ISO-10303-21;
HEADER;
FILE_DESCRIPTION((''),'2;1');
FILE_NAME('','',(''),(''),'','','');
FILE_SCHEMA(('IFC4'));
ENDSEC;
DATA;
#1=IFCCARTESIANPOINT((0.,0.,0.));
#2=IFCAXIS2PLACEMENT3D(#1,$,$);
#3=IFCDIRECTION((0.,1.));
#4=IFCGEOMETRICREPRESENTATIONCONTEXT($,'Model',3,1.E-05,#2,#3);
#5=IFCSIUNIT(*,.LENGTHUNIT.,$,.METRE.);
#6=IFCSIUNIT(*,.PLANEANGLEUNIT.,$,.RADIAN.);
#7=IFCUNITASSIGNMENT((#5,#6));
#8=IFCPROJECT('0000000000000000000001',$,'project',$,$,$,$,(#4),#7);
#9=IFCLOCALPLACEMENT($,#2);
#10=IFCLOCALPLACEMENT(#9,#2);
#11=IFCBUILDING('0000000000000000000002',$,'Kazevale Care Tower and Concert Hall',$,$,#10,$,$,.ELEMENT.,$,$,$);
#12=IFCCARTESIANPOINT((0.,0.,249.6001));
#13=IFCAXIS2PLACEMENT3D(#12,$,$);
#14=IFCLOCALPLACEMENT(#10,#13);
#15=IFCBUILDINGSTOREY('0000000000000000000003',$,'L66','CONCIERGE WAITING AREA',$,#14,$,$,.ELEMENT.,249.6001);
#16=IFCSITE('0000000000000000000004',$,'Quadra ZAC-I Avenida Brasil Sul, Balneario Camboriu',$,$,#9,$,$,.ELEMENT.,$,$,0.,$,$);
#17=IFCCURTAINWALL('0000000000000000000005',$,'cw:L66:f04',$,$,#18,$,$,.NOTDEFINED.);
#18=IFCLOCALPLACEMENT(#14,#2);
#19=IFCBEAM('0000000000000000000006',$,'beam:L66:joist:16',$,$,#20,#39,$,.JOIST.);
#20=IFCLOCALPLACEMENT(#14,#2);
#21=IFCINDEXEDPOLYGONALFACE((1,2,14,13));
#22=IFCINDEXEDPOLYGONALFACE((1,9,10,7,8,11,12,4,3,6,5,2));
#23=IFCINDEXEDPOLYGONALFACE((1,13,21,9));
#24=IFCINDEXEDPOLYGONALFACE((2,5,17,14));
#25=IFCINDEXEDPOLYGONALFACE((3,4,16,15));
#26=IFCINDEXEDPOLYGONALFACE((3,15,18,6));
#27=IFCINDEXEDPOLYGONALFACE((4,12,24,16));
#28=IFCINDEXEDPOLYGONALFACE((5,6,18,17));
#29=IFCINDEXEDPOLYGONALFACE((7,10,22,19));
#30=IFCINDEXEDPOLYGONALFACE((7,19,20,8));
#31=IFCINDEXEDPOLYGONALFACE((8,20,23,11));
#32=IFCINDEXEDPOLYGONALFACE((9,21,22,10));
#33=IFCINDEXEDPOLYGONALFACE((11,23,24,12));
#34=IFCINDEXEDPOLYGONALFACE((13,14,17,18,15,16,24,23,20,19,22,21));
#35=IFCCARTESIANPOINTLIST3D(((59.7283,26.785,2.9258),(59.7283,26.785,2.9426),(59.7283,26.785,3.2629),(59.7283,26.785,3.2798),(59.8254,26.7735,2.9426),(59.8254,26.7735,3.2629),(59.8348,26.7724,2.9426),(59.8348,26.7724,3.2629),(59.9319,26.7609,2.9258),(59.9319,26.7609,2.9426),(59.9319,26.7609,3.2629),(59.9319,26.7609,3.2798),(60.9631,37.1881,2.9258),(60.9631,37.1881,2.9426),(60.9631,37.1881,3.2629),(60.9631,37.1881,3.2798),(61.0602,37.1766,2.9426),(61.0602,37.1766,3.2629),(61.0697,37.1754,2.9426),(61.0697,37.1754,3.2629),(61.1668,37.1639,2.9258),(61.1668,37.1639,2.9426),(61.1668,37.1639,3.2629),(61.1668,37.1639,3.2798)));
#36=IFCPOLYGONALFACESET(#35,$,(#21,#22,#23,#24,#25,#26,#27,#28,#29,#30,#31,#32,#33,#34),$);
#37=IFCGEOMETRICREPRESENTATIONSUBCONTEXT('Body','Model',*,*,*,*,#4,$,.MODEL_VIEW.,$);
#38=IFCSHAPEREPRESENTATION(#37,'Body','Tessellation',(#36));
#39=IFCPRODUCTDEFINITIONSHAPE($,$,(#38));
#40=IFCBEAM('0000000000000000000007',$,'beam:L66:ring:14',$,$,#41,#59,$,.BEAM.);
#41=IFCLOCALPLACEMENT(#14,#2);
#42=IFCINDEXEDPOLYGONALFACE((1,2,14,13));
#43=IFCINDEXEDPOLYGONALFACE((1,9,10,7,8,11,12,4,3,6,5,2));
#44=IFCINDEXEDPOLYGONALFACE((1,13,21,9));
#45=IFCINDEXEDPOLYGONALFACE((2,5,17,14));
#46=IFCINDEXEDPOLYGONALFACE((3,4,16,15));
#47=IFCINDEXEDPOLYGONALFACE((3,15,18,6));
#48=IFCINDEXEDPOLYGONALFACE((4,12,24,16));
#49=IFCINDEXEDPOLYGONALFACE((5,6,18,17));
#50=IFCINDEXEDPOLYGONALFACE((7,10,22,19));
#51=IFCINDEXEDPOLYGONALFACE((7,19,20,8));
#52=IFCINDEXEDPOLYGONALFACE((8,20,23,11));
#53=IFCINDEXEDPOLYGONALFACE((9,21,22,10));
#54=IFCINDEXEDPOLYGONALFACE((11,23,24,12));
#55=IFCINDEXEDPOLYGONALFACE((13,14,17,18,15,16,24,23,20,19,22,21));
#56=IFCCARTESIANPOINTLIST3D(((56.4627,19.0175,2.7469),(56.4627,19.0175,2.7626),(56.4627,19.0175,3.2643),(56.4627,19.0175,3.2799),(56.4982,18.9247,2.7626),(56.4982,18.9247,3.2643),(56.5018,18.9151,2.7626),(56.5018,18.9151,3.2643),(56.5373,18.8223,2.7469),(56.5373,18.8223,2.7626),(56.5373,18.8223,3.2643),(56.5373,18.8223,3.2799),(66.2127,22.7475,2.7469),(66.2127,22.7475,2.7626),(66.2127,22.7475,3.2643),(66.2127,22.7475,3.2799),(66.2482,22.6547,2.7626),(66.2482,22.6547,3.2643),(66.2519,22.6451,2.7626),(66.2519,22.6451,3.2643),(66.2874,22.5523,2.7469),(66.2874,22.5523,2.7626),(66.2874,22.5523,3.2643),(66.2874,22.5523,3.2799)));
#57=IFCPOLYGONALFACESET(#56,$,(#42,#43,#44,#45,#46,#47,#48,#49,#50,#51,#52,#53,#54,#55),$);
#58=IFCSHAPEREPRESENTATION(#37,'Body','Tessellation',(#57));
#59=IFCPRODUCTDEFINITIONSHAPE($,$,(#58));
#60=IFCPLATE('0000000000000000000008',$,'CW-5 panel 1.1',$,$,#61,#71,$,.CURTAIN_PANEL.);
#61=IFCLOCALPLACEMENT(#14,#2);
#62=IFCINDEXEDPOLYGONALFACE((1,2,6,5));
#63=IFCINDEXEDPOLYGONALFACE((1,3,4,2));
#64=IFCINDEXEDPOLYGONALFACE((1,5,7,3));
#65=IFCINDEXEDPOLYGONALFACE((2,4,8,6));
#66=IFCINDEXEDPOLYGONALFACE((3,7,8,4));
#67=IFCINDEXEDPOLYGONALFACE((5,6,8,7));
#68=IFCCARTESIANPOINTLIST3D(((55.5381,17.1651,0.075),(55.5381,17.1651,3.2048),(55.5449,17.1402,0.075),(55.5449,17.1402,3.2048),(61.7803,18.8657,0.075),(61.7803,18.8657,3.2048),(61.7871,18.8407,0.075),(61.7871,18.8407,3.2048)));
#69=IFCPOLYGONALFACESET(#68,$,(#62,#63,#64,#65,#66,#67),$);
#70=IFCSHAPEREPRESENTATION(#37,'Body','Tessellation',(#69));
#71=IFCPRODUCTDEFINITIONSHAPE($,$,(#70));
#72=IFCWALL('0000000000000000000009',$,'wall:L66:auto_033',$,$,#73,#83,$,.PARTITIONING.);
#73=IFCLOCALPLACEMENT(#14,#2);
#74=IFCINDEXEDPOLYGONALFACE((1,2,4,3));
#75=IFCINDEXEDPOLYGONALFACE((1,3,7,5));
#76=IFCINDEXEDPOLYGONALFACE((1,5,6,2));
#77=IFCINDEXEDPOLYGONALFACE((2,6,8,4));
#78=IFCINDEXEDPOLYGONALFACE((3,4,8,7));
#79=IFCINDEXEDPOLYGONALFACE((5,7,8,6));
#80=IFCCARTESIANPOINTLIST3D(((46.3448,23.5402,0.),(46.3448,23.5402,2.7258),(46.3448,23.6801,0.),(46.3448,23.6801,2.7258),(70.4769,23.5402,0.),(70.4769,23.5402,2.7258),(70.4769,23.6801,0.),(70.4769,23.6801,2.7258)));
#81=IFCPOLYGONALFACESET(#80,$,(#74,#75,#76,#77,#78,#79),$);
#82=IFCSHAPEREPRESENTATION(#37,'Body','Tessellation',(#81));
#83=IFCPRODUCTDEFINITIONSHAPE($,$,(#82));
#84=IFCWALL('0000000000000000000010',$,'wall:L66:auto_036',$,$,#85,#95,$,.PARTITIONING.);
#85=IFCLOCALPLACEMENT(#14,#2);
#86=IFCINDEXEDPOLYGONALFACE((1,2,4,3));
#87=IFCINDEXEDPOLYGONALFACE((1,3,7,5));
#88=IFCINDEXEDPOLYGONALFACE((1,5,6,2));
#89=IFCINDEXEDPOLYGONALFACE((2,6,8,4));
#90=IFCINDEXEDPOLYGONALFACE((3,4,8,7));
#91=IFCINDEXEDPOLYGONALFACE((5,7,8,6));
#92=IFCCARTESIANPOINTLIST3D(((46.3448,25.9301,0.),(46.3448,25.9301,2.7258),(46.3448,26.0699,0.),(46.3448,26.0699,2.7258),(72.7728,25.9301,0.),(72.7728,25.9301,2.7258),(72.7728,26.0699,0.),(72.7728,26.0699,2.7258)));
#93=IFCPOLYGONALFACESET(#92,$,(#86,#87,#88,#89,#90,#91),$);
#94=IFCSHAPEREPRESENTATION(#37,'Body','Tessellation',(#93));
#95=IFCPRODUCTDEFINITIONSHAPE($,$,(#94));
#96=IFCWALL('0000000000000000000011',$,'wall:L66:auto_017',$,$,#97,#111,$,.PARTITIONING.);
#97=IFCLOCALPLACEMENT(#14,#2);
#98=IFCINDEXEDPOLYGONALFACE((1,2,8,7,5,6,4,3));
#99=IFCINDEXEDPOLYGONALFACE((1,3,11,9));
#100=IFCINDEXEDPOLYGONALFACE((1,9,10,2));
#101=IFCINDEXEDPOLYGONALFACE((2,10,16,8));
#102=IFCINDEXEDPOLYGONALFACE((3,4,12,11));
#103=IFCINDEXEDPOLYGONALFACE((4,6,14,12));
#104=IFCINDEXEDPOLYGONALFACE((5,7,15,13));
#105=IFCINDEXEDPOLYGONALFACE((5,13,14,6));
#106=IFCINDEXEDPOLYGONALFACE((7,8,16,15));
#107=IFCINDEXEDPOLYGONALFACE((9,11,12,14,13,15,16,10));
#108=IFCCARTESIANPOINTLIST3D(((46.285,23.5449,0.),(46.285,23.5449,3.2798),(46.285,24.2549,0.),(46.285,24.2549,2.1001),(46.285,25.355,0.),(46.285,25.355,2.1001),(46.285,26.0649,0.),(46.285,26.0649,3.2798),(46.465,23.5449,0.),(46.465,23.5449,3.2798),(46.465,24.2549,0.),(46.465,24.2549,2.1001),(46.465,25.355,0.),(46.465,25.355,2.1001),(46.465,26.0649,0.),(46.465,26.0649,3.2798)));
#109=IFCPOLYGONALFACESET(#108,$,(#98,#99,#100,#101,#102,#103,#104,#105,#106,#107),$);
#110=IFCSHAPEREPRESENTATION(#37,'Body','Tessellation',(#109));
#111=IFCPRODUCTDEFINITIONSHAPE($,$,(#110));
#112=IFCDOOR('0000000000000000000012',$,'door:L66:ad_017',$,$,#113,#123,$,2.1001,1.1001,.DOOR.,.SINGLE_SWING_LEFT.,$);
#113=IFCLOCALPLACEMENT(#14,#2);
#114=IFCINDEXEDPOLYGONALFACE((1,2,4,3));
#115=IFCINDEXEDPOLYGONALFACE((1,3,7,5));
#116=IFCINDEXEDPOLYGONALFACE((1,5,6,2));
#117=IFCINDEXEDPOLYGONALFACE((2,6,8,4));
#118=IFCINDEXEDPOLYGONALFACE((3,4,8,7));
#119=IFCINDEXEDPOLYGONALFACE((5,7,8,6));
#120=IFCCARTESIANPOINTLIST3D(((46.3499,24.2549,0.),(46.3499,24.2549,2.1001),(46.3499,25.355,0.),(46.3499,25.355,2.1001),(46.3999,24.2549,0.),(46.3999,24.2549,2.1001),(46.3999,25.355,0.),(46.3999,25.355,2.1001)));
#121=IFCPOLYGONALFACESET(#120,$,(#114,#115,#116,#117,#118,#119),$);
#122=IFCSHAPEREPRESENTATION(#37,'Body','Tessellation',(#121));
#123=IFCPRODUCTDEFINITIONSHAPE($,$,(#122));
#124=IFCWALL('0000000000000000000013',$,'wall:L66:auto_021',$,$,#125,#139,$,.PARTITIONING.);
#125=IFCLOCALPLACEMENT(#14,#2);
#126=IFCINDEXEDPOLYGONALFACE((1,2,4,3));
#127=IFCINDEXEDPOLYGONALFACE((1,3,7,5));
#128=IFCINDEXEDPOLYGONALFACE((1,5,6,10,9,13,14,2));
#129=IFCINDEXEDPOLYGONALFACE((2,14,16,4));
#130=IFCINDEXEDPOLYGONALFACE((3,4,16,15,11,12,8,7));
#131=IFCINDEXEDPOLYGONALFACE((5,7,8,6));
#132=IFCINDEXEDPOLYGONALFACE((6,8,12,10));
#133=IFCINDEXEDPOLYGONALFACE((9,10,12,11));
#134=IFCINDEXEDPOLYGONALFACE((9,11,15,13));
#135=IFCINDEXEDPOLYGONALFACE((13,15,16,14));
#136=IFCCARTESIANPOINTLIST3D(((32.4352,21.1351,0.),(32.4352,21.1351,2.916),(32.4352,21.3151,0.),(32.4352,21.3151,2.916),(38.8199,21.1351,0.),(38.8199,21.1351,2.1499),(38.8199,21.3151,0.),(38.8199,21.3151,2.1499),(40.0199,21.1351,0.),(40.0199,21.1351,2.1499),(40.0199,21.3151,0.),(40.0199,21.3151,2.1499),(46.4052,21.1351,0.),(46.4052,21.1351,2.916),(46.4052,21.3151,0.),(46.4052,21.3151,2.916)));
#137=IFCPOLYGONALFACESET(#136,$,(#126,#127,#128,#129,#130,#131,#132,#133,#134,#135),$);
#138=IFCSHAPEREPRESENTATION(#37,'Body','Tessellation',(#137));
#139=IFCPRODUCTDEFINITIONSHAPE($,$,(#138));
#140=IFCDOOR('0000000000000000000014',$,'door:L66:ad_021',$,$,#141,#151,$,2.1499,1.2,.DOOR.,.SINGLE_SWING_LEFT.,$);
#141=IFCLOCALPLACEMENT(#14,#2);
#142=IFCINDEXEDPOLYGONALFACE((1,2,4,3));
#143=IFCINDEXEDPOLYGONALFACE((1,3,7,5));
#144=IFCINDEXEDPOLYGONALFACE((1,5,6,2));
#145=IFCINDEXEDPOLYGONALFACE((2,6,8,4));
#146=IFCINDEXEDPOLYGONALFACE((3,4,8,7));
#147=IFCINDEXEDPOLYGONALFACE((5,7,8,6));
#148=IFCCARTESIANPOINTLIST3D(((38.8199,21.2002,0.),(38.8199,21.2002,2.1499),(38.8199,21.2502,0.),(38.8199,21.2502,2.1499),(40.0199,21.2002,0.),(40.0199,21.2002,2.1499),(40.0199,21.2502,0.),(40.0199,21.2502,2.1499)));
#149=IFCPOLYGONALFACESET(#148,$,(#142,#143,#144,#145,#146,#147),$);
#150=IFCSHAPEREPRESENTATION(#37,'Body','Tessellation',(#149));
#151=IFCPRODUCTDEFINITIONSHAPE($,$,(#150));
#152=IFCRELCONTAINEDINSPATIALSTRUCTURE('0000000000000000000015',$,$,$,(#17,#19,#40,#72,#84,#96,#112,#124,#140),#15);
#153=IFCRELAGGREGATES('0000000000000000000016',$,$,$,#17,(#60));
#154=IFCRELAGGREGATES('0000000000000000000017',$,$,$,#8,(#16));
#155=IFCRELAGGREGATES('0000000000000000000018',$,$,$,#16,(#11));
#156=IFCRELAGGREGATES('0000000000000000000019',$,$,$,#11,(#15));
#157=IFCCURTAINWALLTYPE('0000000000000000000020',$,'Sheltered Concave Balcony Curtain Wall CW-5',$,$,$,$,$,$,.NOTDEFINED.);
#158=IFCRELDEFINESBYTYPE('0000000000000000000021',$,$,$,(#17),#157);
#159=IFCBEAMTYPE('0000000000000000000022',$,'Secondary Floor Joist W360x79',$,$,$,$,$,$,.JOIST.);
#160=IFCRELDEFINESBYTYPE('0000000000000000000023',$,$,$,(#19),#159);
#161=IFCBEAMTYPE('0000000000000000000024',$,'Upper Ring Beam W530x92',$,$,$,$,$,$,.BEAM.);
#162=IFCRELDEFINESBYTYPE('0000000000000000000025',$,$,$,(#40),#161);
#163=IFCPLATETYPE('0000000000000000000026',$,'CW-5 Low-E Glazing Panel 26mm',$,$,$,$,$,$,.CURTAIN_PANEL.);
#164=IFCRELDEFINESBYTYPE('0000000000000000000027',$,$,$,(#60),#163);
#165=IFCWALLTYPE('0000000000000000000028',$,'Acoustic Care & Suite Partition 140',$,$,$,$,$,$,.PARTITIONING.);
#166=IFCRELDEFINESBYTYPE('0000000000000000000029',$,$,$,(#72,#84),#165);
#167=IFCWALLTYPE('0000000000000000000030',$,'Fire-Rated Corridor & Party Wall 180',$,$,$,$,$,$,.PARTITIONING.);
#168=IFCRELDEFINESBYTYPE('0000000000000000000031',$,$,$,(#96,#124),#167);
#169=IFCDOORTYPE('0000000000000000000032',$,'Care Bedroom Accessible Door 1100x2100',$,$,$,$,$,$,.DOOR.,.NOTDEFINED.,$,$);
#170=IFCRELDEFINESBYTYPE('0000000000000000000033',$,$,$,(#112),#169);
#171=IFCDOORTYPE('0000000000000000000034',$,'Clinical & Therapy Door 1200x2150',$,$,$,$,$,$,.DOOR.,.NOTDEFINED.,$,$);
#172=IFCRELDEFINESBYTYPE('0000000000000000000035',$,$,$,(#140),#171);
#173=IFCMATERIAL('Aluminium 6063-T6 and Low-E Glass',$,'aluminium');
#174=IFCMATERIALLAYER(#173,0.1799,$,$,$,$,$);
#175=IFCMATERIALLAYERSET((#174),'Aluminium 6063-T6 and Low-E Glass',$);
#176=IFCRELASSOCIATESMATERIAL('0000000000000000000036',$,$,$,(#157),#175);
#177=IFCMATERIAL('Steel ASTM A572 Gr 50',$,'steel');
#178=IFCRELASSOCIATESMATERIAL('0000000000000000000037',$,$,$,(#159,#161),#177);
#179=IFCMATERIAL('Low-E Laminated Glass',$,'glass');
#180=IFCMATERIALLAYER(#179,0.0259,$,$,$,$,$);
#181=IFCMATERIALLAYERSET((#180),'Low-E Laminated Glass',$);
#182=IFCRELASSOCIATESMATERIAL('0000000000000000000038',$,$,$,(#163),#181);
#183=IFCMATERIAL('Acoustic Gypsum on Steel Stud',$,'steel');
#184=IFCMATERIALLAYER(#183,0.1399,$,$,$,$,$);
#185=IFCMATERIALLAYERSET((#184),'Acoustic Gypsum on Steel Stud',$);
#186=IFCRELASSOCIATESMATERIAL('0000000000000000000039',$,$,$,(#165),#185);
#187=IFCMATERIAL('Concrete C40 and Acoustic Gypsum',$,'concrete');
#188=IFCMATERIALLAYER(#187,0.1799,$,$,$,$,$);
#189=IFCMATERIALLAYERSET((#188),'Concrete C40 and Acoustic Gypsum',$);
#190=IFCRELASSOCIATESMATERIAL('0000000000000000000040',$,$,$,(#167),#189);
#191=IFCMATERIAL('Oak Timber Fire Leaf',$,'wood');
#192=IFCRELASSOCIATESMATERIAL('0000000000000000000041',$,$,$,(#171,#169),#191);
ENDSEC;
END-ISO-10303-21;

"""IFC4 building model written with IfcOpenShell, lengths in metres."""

from ifc_helpers import new_model, si_unit, direction, frame, frame_2d, origin, origin_2d, place, context, subcontext, project, spatial, rectangle, i_section, extrude, material, layer, layer_set, material_profile, profile_set, type_object, element, fill, aggregate, save


model = new_model("IFC4")

# Units and contexts
model_context = context("Model", 3, precision=1e-05, world=origin(), true_north=direction((0.0, 1.0)))
body_context = subcontext(model_context, "Body", "Model", "MODEL_VIEW")
ifc_project = project(units=[si_unit("LENGTHUNIT", "METRE"), si_unit("PLANEANGLEUNIT", "RADIAN")], contexts=[model_context])

# Site, building, storey
site_placement = place(None, origin())
site = spatial("IfcSite", under=ifc_project, at=site_placement, Name="Quadra ZAC-I Avenida Brasil Sul, Balneario Camboriu", CompositionType="ELEMENT", RefElevation=0.0)
building_placement = place(site_placement, origin())
building = spatial("IfcBuilding", under=site, at=building_placement, Name="Kazevale Care Tower and Concert Hall", CompositionType="ELEMENT")
storey_placement = place(building_placement, frame((0.0, 0.0, 249.6001)))
storey = spatial("IfcBuildingStorey", under=building, at=storey_placement, Name="L66", Description="CONCIERGE WAITING AREA", CompositionType="ELEMENT", Elevation=249.6001)

# Curtain wall
ifc_material_1 = material(Name="Aluminium 6063-T6 and Low-E Glass", Category="aluminium")
ifc_layer_1 = layer(ifc_material_1, 0.1799)
ifc_layer_set_1 = layer_set([ifc_layer_1], Name="Aluminium 6063-T6 and Low-E Glass")
curtain_wall_type = type_object("IfcCurtainWallType", Name="Sheltered Concave Balcony Curtain Wall CW-5", PredefinedType="NOTDEFINED", material=ifc_layer_set_1)
curtain_wall_1_placement = place(storey_placement, origin())
curtain_wall_1 = element("IfcCurtainWall", 1, at=curtain_wall_1_placement, inside=storey, type_object=curtain_wall_type, Name="cw:L66:f04", PredefinedType="NOTDEFINED")

# Beams
ifc_material_2 = material(Name="Steel ASTM A572 Gr 50", Category="steel")
ifc_material_profile_1 = material_profile(ifc_material_2, i_section(OverallWidth=0.2051, OverallDepth=0.354, WebThickness=0.0095, FlangeThickness=0.0168, at=origin_2d()), Name="W360x79")
ifc_profile_set_1 = profile_set([ifc_material_profile_1], Name="Steel ASTM A572 Gr 50")
beam_type_1 = type_object("IfcBeamType", Name="Secondary Floor Joist W360x79", PredefinedType="JOIST", material=ifc_profile_set_1)
beam_1_placement = place(storey_placement, frame((59.8301, 26.7729, 3.1028), z_axis=(0.117874, 0.993029, 0.0), x_axis=(-0.993029, 0.117874, 0.0)))
element("IfcBeam", 2, at=beam_1_placement, inside=storey, type_object=beam_type_1, Name="beam:L66:joist:16", PredefinedType="JOIST", context=body_context, shape_type="SweptSolid", body=[
    extrude(i_section(OverallWidth=0.2051, OverallDepth=0.354, WebThickness=0.0095, FlangeThickness=0.0168, at=origin_2d()), origin(), (0.0, 0.0, 1.0), 10.4761),
])
ifc_material_profile_2 = material_profile(ifc_material_2, i_section(OverallWidth=0.209, OverallDepth=0.533, WebThickness=0.0103, FlangeThickness=0.0156, at=origin_2d()), Name="W530x92")
ifc_profile_set_2 = profile_set([ifc_material_profile_2], Name="Steel ASTM A572 Gr 50")
beam_type_2 = type_object("IfcBeamType", Name="Upper Ring Beam W530x92", PredefinedType="BEAM", material=ifc_profile_set_2)
beam_2_placement = place(storey_placement, frame((56.5, 18.9199, 3.0134), z_axis=(0.933987, 0.357308, 0.0), x_axis=(-0.357308, 0.933987, 0.0)))
element("IfcBeam", 3, at=beam_2_placement, inside=storey, type_object=beam_type_2, Name="beam:L66:ring:14", PredefinedType="BEAM", context=body_context, shape_type="SweptSolid", body=[
    extrude(i_section(OverallWidth=0.209, OverallDepth=0.533, WebThickness=0.0103, FlangeThickness=0.0156, at=origin_2d()), origin(), (0.0, 0.0, 1.0), 10.4392),
])

# Plate
ifc_material_3 = material(Name="Low-E Laminated Glass", Category="glass")
ifc_layer_2 = layer(ifc_material_3, 0.0259)
ifc_layer_set_2 = layer_set([ifc_layer_2], Name="Low-E Laminated Glass")
plate_type = type_object("IfcPlateType", Name="CW-5 Low-E Glazing Panel 26mm", PredefinedType="CURTAIN_PANEL", material=ifc_layer_set_2)
plate_placement = place(storey_placement, frame((58.6626, 18.0029, 0.075), z_axis=(0.0, 0.0, 1.0), x_axis=(-0.964837, -0.262849, 0.0)))
plate = element("IfcPlate", 4, at=plate_placement, type_object=plate_type, Name="CW-5 panel 1.1", PredefinedType="CURTAIN_PANEL", context=body_context, shape_type="SweptSolid", body=[
    extrude(rectangle(XDim=6.4697, YDim=0.0259, at=origin_2d()), origin(), (0.0, 0.0, 1.0), 3.1299),
])
aggregate(curtain_wall_1, [plate])

# Walls
ifc_material_4 = material(Name="Acoustic Gypsum on Steel Stud", Category="steel")
ifc_layer_3 = layer(ifc_material_4, 0.1399)
ifc_layer_set_3 = layer_set([ifc_layer_3], Name="Acoustic Gypsum on Steel Stud")
wall_type_1 = type_object("IfcWallType", Name="Acoustic Care & Suite Partition 140", PredefinedType="PARTITIONING", material=ifc_layer_set_3)
wall_1_placement = place(storey_placement, frame((46.345, 23.6101, 0.0), z_axis=(0.0, 0.0, 1.0), x_axis=(1.0, 0.0, 0.0)))
element("IfcWall", 5, at=wall_1_placement, inside=storey, type_object=wall_type_1, Name="wall:L66:auto_033", PredefinedType="PARTITIONING", context=body_context, shape_type="SweptSolid", body=[
    extrude(rectangle(XDim=24.1321, YDim=0.1399, at=frame_2d((12.0659, 0.0))), origin(), (0.0, 0.0, 1.0), 2.7258),
])
wall_2_placement = place(storey_placement, frame((46.345, 26.0, 0.0), z_axis=(0.0, 0.0, 1.0), x_axis=(1.0, 0.0, 0.0)))
element("IfcWall", 6, at=wall_2_placement, inside=storey, type_object=wall_type_1, Name="wall:L66:auto_036", PredefinedType="PARTITIONING", context=body_context, shape_type="SweptSolid", body=[
    extrude(rectangle(XDim=26.428, YDim=0.1399, at=frame_2d((13.2139, 0.0))), origin(), (0.0, 0.0, 1.0), 2.7258),
])

# Walls, openings, doors
ifc_material_5 = material(Name="Concrete C40 and Acoustic Gypsum", Category="concrete")
ifc_layer_4 = layer(ifc_material_5, 0.1799)
ifc_layer_set_4 = layer_set([ifc_layer_4], Name="Concrete C40 and Acoustic Gypsum")
wall_type_2 = type_object("IfcWallType", Name="Fire-Rated Corridor & Party Wall 180", PredefinedType="PARTITIONING", material=ifc_layer_set_4)
ifc_material_6 = material(Name="Oak Timber Fire Leaf", Category="wood")
door_type_1 = type_object("IfcDoorType", Name="Clinical & Therapy Door 1200x2150", OperationType="NOTDEFINED", PredefinedType="DOOR", material=ifc_material_6)
wall_3_placement = place(storey_placement, frame((46.375, 26.0649, 0.0), z_axis=(0.0, 0.0, 1.0), x_axis=(0.0, -1.0, 0.0)))
wall_3 = element("IfcWall", 7, at=wall_3_placement, inside=storey, type_object=wall_type_2, Name="wall:L66:auto_017", PredefinedType="PARTITIONING", context=body_context, shape_type="SweptSolid", body=[
    extrude(rectangle(XDim=2.52, YDim=0.1799, at=frame_2d((1.26, 0.0))), origin(), (0.0, 0.0, 1.0), 3.2798),
])
opening_1_placement = place(wall_3_placement, frame((0.71, 0.0, 0.0)))
opening_1 = element("IfcOpeningElement", 8, at=opening_1_placement, cuts=wall_3, PredefinedType="OPENING", context=body_context, shape_type="SweptSolid", body=[
    extrude(rectangle(XDim=1.1001, YDim=2.1001, at=frame_2d((0.55, 1.05))), frame((0.0, 0.0999, 0.0), z_axis=(0.0, -1.0, 0.0), x_axis=(1.0, 0.0, 0.0)), (0.0, 0.0, 1.0), 0.2),
])
door_type_2 = type_object("IfcDoorType", Name="Care Bedroom Accessible Door 1100x2100", OperationType="NOTDEFINED", PredefinedType="DOOR", material=ifc_material_6)
door_1_placement = place(opening_1_placement, origin())
door_1 = element("IfcDoor", 9, at=door_1_placement, inside=storey, type_object=door_type_2, Name="door:L66:ad_017", OperationType="SINGLE_SWING_LEFT", OverallHeight=2.1001, OverallWidth=1.1001, PredefinedType="DOOR", context=body_context, shape_type="SweptSolid", body=[
    extrude(rectangle(XDim=1.1001, YDim=2.1001, at=frame_2d((0.55, 1.05))), frame((0.0, 0.0249, 0.0), z_axis=(0.0, -1.0, 0.0), x_axis=(1.0, 0.0, 0.0)), (0.0, 0.0, 1.0), 0.05),
])
fill(opening_1, door_1)
wall_4_placement = place(storey_placement, frame((46.405, 21.2251, 0.0), z_axis=(0.0, 0.0, 1.0), x_axis=(-1.0, 0.0, 0.0)))
wall_4 = element("IfcWall", 10, at=wall_4_placement, inside=storey, type_object=wall_type_2, Name="wall:L66:auto_021", PredefinedType="PARTITIONING", context=body_context, shape_type="SweptSolid", body=[
    extrude(rectangle(XDim=13.97, YDim=0.1799, at=frame_2d((6.9849, 0.0))), origin(), (0.0, 0.0, 1.0), 2.916),
])
opening_2_placement = place(wall_4_placement, frame((6.385, 0.0, 0.0)))
opening_2 = element("IfcOpeningElement", 11, at=opening_2_placement, cuts=wall_4, PredefinedType="OPENING", context=body_context, shape_type="SweptSolid", body=[
    extrude(rectangle(XDim=1.2, YDim=2.1499, at=frame_2d((0.6001, 1.075))), frame((0.0, 0.0999, 0.0), z_axis=(0.0, -1.0, 0.0), x_axis=(1.0, 0.0, 0.0)), (0.0, 0.0, 1.0), 0.2),
])
door_2_placement = place(opening_2_placement, origin())
door_2 = element("IfcDoor", 12, at=door_2_placement, inside=storey, type_object=door_type_1, Name="door:L66:ad_021", OperationType="SINGLE_SWING_LEFT", OverallHeight=2.1499, OverallWidth=1.2, PredefinedType="DOOR", context=body_context, shape_type="SweptSolid", body=[
    extrude(rectangle(XDim=1.2, YDim=2.1499, at=frame_2d((0.6001, 1.075))), frame((0.0, 0.0249, 0.0), z_axis=(0.0, -1.0, 0.0), x_axis=(1.0, 0.0, 0.0)), (0.0, 0.0, 1.0), 0.05),
])
fill(opening_2, door_2)

save(model, "model.ifc")
